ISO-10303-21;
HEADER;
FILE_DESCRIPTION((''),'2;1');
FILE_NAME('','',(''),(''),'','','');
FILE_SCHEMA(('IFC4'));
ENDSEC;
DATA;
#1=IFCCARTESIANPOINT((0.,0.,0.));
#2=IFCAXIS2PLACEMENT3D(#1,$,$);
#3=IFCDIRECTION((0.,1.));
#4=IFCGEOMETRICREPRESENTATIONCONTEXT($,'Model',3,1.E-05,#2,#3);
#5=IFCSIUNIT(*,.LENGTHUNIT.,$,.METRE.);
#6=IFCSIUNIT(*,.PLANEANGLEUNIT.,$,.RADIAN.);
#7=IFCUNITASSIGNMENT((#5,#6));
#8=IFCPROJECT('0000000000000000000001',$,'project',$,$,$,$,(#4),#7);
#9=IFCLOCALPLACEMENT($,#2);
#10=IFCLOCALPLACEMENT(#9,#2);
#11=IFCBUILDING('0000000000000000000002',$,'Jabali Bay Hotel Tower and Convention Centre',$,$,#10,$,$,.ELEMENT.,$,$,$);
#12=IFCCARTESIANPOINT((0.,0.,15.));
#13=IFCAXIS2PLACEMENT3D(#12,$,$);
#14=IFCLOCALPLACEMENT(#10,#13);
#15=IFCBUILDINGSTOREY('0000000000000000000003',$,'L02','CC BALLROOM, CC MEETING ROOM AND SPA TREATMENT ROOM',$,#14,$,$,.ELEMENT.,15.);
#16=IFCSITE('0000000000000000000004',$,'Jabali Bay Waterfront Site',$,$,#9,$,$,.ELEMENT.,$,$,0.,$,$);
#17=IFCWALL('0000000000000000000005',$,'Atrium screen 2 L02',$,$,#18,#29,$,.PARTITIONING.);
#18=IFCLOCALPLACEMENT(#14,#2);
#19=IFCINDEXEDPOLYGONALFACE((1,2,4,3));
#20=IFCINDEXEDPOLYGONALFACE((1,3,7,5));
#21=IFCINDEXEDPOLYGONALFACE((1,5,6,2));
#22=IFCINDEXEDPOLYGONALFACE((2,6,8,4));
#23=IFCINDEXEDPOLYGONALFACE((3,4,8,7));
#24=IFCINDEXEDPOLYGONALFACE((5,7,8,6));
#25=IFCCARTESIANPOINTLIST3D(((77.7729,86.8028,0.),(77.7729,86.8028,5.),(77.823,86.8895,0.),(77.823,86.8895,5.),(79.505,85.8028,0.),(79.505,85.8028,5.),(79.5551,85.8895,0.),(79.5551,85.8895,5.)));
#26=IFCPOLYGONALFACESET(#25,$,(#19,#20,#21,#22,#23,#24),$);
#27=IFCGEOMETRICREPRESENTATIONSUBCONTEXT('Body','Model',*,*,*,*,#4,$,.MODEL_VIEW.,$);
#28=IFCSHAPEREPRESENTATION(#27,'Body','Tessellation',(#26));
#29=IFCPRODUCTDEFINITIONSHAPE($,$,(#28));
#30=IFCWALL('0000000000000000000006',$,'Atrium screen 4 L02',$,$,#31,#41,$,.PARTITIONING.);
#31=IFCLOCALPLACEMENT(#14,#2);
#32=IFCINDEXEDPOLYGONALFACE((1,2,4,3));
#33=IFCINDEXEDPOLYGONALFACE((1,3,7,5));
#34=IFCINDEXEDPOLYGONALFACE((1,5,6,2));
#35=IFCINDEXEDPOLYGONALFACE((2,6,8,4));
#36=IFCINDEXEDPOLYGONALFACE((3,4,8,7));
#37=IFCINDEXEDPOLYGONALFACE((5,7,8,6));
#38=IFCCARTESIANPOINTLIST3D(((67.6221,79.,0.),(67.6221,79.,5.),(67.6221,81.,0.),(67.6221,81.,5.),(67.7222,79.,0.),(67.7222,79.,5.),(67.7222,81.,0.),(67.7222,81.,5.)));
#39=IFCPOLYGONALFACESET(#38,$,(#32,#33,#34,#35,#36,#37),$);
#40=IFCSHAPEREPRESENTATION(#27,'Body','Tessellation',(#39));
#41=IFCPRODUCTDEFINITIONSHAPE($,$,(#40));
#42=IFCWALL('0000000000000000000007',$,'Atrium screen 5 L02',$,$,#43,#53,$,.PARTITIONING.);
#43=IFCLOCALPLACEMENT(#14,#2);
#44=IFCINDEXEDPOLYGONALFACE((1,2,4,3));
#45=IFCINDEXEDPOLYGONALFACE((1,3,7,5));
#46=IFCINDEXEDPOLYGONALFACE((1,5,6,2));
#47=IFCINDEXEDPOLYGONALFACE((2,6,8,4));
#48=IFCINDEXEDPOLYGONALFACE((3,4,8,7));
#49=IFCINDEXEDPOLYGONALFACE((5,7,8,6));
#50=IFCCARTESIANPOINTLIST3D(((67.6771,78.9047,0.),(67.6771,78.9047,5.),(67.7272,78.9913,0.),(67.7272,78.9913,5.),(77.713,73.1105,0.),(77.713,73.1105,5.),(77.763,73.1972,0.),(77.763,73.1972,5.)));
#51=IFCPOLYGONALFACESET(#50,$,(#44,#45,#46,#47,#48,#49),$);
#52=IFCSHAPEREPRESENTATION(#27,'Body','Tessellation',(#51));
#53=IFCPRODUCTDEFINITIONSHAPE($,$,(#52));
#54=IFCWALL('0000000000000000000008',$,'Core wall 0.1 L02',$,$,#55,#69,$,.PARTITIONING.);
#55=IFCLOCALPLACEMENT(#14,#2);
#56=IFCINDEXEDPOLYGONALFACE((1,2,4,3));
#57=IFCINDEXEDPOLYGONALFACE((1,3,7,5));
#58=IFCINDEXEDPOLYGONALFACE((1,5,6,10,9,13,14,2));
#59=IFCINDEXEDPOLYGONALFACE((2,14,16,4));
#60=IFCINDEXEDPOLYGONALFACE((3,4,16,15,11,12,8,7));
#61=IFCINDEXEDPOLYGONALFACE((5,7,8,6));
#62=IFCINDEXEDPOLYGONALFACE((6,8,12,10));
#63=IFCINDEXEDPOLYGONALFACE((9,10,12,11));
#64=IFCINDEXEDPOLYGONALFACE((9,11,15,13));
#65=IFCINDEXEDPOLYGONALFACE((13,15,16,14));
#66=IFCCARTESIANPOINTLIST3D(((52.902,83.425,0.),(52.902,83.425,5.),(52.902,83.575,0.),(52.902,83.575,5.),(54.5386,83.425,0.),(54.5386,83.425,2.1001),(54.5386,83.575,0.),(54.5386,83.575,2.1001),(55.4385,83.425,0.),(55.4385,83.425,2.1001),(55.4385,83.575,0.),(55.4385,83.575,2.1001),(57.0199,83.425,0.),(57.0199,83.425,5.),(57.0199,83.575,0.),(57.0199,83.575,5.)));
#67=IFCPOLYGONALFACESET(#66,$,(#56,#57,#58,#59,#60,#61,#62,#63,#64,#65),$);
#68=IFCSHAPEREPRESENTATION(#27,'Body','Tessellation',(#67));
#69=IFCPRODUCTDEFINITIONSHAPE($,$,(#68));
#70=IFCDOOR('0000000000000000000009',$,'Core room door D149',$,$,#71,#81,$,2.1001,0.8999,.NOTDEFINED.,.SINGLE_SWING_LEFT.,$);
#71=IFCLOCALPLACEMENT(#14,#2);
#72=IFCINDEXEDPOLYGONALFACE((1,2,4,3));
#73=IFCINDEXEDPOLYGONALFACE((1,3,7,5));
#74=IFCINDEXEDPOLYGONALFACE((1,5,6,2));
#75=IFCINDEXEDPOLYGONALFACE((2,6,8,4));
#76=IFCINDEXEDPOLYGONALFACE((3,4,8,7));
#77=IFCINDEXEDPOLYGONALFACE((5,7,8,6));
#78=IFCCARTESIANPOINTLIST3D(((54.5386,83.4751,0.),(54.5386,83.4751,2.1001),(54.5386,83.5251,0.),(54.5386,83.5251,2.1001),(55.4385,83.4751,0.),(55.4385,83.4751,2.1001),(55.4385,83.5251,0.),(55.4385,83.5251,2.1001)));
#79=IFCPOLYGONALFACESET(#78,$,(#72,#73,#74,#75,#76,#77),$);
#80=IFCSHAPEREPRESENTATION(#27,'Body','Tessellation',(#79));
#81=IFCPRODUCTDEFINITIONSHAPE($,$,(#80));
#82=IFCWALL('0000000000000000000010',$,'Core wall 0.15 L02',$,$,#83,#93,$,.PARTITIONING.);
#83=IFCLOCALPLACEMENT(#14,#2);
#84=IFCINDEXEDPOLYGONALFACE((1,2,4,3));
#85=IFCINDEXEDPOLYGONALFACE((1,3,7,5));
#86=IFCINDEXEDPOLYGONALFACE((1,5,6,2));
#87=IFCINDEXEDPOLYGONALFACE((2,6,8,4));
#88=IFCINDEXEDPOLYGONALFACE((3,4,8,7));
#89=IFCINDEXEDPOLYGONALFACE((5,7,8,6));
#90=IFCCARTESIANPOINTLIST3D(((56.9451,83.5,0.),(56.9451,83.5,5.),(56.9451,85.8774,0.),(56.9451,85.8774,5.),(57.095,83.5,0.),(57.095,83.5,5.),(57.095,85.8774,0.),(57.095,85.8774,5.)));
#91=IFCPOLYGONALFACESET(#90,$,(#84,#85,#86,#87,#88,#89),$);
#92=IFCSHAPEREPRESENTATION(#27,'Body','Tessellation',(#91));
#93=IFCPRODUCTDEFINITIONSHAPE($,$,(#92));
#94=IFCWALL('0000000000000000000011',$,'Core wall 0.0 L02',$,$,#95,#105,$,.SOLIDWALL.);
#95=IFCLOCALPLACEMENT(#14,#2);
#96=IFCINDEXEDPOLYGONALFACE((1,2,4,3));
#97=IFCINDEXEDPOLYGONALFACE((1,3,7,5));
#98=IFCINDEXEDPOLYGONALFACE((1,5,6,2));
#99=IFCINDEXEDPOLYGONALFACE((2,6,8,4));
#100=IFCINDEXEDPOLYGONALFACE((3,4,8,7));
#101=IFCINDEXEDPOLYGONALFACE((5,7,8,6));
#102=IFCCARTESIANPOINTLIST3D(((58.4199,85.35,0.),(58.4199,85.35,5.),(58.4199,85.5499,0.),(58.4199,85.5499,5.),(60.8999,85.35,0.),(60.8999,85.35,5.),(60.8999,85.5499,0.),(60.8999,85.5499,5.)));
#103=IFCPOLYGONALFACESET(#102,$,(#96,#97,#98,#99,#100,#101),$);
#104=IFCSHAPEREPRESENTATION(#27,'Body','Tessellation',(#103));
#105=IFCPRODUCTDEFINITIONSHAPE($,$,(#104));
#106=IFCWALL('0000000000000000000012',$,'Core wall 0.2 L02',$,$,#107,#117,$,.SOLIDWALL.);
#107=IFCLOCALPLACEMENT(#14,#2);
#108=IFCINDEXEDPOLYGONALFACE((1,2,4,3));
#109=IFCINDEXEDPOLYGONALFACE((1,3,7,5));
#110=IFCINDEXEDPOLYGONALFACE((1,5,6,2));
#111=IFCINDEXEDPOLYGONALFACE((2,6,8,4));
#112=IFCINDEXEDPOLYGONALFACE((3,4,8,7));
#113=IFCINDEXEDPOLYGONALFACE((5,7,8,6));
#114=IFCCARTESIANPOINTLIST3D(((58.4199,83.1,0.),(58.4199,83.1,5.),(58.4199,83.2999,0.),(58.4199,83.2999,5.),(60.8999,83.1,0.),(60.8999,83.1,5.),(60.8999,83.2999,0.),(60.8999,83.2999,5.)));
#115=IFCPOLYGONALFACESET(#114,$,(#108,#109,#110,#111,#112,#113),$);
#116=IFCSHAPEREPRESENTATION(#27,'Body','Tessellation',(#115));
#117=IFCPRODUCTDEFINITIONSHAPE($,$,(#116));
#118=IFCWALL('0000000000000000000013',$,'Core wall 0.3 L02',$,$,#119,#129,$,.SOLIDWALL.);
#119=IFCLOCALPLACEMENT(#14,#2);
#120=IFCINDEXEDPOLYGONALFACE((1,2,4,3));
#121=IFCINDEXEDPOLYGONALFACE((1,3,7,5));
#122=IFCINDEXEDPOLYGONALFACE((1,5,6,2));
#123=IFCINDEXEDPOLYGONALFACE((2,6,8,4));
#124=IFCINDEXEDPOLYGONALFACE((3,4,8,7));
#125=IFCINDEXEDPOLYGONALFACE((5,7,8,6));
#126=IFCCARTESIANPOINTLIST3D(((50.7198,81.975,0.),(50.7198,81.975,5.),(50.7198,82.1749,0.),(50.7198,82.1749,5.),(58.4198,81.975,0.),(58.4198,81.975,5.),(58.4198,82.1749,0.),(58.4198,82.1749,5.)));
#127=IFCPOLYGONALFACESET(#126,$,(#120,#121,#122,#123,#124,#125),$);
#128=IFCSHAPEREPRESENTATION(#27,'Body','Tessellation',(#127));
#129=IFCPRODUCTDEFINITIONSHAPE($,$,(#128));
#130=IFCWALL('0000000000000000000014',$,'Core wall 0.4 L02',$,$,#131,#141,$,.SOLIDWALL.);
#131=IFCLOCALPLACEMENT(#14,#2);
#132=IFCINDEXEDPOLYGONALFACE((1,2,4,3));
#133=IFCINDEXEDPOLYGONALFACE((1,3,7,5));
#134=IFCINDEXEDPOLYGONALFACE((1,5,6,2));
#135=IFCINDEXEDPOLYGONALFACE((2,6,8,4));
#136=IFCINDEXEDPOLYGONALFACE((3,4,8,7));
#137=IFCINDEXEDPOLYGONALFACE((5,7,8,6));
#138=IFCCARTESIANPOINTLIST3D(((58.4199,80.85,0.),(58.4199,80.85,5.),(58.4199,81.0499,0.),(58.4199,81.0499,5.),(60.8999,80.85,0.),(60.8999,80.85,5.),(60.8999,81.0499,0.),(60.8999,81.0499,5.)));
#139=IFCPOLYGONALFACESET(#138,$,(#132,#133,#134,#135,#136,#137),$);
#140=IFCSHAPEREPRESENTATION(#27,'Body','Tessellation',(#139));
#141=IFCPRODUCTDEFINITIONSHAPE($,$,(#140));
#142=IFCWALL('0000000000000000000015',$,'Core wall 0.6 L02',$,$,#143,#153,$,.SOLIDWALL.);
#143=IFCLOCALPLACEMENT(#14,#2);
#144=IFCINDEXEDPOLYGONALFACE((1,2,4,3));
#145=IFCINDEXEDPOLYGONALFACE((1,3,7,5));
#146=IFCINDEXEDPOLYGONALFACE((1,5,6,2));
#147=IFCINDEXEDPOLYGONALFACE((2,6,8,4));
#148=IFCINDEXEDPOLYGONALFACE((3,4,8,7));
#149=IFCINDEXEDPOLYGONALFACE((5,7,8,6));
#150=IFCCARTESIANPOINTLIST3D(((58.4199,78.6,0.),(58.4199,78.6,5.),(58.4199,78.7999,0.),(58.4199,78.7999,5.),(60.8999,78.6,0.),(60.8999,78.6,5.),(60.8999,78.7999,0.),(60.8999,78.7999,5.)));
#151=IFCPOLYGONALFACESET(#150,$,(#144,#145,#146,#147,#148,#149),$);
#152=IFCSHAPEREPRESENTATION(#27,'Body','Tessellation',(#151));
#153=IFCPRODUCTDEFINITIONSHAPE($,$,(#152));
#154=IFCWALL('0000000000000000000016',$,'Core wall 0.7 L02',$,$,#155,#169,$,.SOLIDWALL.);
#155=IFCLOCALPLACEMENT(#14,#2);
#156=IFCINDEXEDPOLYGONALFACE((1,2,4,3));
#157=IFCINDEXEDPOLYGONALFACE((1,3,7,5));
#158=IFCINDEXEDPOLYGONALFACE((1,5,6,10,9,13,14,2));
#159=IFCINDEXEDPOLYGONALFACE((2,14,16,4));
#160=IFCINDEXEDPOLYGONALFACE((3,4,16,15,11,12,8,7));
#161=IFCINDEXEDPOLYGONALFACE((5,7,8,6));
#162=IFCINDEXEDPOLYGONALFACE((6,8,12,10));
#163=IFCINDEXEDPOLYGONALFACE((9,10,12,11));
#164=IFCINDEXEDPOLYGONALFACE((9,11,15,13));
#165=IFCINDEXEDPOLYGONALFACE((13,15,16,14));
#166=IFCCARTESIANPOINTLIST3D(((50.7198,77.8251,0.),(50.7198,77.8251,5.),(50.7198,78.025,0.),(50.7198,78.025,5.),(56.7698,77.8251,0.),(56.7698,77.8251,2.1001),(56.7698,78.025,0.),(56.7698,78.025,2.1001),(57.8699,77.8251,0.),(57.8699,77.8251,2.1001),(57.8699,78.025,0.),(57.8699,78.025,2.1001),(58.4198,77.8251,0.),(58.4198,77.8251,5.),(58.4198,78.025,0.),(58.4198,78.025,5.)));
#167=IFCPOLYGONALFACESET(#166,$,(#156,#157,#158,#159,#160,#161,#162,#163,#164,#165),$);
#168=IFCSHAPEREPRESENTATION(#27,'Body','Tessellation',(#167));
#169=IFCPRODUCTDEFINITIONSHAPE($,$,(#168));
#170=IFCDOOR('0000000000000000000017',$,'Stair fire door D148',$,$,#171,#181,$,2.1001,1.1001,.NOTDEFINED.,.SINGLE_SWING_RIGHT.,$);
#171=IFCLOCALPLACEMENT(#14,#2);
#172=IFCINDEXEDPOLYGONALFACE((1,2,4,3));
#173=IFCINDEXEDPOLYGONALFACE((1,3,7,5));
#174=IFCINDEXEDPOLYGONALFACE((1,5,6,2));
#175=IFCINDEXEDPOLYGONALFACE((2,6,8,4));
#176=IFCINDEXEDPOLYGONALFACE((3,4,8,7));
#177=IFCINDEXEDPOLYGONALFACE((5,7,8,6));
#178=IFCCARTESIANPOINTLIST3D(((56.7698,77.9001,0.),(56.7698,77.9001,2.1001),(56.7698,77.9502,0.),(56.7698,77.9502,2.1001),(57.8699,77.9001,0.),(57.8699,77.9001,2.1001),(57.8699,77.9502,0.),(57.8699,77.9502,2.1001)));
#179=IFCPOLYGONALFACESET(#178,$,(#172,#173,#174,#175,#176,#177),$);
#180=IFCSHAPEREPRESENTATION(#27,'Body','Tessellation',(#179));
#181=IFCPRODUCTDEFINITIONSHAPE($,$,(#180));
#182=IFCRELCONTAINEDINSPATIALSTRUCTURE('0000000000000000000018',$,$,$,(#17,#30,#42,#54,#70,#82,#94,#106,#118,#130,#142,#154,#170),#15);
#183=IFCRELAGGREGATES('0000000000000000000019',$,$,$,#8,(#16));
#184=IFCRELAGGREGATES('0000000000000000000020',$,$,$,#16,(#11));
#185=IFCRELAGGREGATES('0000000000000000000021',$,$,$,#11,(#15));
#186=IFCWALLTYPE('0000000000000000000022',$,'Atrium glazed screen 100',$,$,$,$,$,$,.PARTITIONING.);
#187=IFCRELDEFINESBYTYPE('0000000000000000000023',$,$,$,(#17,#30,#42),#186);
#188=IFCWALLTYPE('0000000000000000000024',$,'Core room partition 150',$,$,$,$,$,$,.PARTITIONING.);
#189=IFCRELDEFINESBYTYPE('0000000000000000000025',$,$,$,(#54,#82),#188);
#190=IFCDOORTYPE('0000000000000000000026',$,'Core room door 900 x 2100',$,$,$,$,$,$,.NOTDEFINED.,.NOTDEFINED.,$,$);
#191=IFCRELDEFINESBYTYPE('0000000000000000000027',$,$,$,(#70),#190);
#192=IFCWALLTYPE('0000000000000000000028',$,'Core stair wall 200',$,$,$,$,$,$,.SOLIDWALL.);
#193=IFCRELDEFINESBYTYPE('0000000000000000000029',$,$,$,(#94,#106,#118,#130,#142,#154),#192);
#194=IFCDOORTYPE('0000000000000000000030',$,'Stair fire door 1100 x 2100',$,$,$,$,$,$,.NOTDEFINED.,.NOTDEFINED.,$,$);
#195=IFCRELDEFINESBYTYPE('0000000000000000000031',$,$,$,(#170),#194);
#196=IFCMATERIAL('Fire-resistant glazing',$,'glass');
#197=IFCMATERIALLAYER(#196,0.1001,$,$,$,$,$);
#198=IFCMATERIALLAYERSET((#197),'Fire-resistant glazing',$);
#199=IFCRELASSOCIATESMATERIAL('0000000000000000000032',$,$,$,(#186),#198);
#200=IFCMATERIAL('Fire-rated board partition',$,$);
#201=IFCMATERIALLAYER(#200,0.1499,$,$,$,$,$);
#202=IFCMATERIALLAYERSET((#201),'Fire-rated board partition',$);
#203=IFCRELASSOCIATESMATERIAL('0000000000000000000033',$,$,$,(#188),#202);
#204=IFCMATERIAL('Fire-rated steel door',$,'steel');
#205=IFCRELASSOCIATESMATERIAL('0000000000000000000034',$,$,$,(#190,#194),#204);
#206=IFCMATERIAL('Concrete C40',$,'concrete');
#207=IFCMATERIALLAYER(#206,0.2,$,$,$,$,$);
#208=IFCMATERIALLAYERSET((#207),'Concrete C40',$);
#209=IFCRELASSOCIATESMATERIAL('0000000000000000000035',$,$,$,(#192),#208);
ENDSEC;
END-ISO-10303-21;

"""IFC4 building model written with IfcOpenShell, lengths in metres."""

from ifc_helpers import new_model, si_unit, direction, frame, frame_2d, origin, place, context, subcontext, project, spatial, rectangle, extrude, material, layer, layer_set, type_object, element, fill, save


model = new_model("IFC4")

# Units and contexts
model_context = context("Model", 3, precision=1e-05, world=origin(), true_north=direction((0.0, 1.0)))
body_context = subcontext(model_context, "Body", "Model", "MODEL_VIEW")
ifc_project = project(units=[si_unit("LENGTHUNIT", "METRE"), si_unit("PLANEANGLEUNIT", "RADIAN")], contexts=[model_context])

# Site, building, storey
site_placement = place(None, origin())
site = spatial("IfcSite", under=ifc_project, at=site_placement, Name="Jabali Bay Waterfront Site", CompositionType="ELEMENT", RefElevation=0.0)
building_placement = place(site_placement, origin())
building = spatial("IfcBuilding", under=site, at=building_placement, Name="Jabali Bay Hotel Tower and Convention Centre", CompositionType="ELEMENT")
storey_placement = place(building_placement, frame((0.0, 0.0, 15.0)))
storey = spatial("IfcBuildingStorey", under=building, at=storey_placement, Name="L02", Description="CC BALLROOM, CC MEETING ROOM AND SPA TREATMENT ROOM", CompositionType="ELEMENT", Elevation=15.0)

# Walls
ifc_material_1 = material(Name="Fire-resistant glazing", Category="glass")
ifc_layer_1 = layer(ifc_material_1, 0.1001)
ifc_layer_set_1 = layer_set([ifc_layer_1], Name="Fire-resistant glazing")
wall_type_1 = type_object("IfcWallType", Name="Atrium glazed screen 100", PredefinedType="PARTITIONING", material=ifc_layer_set_1)
for number, where, z_axis, x_axis, name in (
    (1, (79.53, 85.8462, 0.0), (0.0, 0.0, 1.0), (-0.866041, 0.499973, 0.0), "Atrium screen 2 L02"),
    (2, (67.6721, 81.0, 0.0), (0.0, 0.0, 1.0), (0.0, -1.0, 0.0), "Atrium screen 4 L02"),
):
    element("IfcWall", number, at=place(storey_placement, frame(where, z_axis=z_axis, x_axis=x_axis)), inside=storey, type_object=wall_type_1, Name=name, PredefinedType="PARTITIONING", context=body_context, shape_type="SweptSolid", body=[
        extrude(rectangle(XDim=2.0, YDim=0.1001, at=frame_2d((1.0, 0.0))), origin(), (0.0, 0.0, 1.0), 5.0),
    ])
wall_1_placement = place(storey_placement, frame((67.7021, 78.948, 0.0), z_axis=(0.0, 0.0, 1.0), x_axis=(0.866027, -0.499998, 0.0)))
element("IfcWall", 3, at=wall_1_placement, inside=storey, type_object=wall_type_1, Name="Atrium screen 5 L02", PredefinedType="PARTITIONING", context=body_context, shape_type="SweptSolid", body=[
    extrude(rectangle(XDim=11.5884, YDim=0.1001, at=frame_2d((5.7942, 0.0))), origin(), (0.0, 0.0, 1.0), 5.0),
])

# Wall, opening, door
ifc_material_2 = material(Name="Fire-rated board partition")
ifc_layer_2 = layer(ifc_material_2, 0.1499)
ifc_layer_set_2 = layer_set([ifc_layer_2], Name="Fire-rated board partition")
wall_type_2 = type_object("IfcWallType", Name="Core room partition 150", PredefinedType="PARTITIONING", material=ifc_layer_set_2)
wall_2_placement = place(storey_placement, frame((57.02, 83.5, 0.0), z_axis=(0.0, 0.0, 1.0), x_axis=(-1.0, 0.0, 0.0)))
wall_2 = element("IfcWall", 4, at=wall_2_placement, inside=storey, type_object=wall_type_2, Name="Core wall 0.1 L02", PredefinedType="PARTITIONING", context=body_context, shape_type="SweptSolid", body=[
    extrude(rectangle(XDim=4.1179, YDim=0.1499, at=frame_2d((2.0591, 0.0))), origin(), (0.0, 0.0, 1.0), 5.0),
])
opening_1_placement = place(wall_2_placement, frame((1.5815, 0.0, 0.0)))
opening_1 = element("IfcOpeningElement", 5, at=opening_1_placement, cuts=wall_2, PredefinedType="OPENING", context=body_context, shape_type="SweptSolid", body=[
    extrude(rectangle(XDim=0.8999, YDim=2.1001, at=frame_2d((0.45, 1.05))), frame((0.0, 0.0854, 0.0), z_axis=(0.0, -1.0, 0.0), x_axis=(1.0, 0.0, 0.0)), (0.0, 0.0, 1.0), 0.1709),
])
ifc_material_3 = material(Name="Fire-rated steel door", Category="steel")
door_type_1 = type_object("IfcDoorType", Name="Core room door 900 x 2100", OperationType="NOTDEFINED", PredefinedType="NOTDEFINED", material=ifc_material_3)
door_1_placement = place(opening_1_placement, origin())
door_1 = element("IfcDoor", 6, at=door_1_placement, inside=storey, type_object=door_type_1, Name="Core room door D149", OperationType="SINGLE_SWING_LEFT", OverallHeight=2.1001, OverallWidth=0.8999, PredefinedType="NOTDEFINED", context=body_context, shape_type="SweptSolid", body=[
    extrude(rectangle(XDim=0.8999, YDim=2.1001, at=frame_2d((0.45, 1.05))), frame((0.0, 0.0249, 0.0), z_axis=(0.0, -1.0, 0.0), x_axis=(1.0, 0.0, 0.0)), (0.0, 0.0, 1.0), 0.05),
])
fill(opening_1, door_1)

# Walls
wall_3_placement = place(storey_placement, frame((57.02, 85.8774, 0.0), z_axis=(0.0, 0.0, 1.0), x_axis=(0.0, -1.0, 0.0)))
element("IfcWall", 7, at=wall_3_placement, inside=storey, type_object=wall_type_2, Name="Core wall 0.15 L02", PredefinedType="PARTITIONING", context=body_context, shape_type="SweptSolid", body=[
    extrude(rectangle(XDim=2.3774, YDim=0.1499, at=frame_2d((1.1887, 0.0))), origin(), (0.0, 0.0, 1.0), 5.0),
])
ifc_material_4 = material(Name="Concrete C40", Category="concrete")
ifc_layer_3 = layer(ifc_material_4, 0.2)
ifc_layer_set_3 = layer_set([ifc_layer_3], Name="Concrete C40")
wall_type_3 = type_object("IfcWallType", Name="Core stair wall 200", PredefinedType="SOLIDWALL", material=ifc_layer_set_3)
for number, where, z_axis, x_axis, name in (
    (8, (60.8999, 85.45, 0.0), (0.0, 0.0, 1.0), (-1.0, 0.0, 0.0), "Core wall 0.0 L02"),
    (9, (60.8999, 83.2, 0.0), (0.0, 0.0, 1.0), (-1.0, 0.0, 0.0), "Core wall 0.2 L02"),
):
    element("IfcWall", number, at=place(storey_placement, frame(where, z_axis=z_axis, x_axis=x_axis)), inside=storey, type_object=wall_type_3, Name=name, PredefinedType="SOLIDWALL", context=body_context, shape_type="SweptSolid", body=[
        extrude(rectangle(XDim=2.48, YDim=0.2, at=frame_2d((1.24, 0.0))), origin(), (0.0, 0.0, 1.0), 5.0),
    ])
wall_4_placement = place(storey_placement, frame((58.4199, 82.075, 0.0), z_axis=(0.0, 0.0, 1.0), x_axis=(-1.0, 0.0, 0.0)))
element("IfcWall", 10, at=wall_4_placement, inside=storey, type_object=wall_type_3, Name="Core wall 0.3 L02", PredefinedType="SOLIDWALL", context=body_context, shape_type="SweptSolid", body=[
    extrude(rectangle(XDim=7.7, YDim=0.2, at=frame_2d((3.8501, 0.0))), origin(), (0.0, 0.0, 1.0), 5.0),
])
for number, where, z_axis, x_axis, name in (
    (11, (60.8999, 80.95, 0.0), (0.0, 0.0, 1.0), (-1.0, 0.0, 0.0), "Core wall 0.4 L02"),
    (12, (60.8999, 78.7, 0.0), (0.0, 0.0, 1.0), (-1.0, 0.0, 0.0), "Core wall 0.6 L02"),
):
    element("IfcWall", number, at=place(storey_placement, frame(where, z_axis=z_axis, x_axis=x_axis)), inside=storey, type_object=wall_type_3, Name=name, PredefinedType="SOLIDWALL", context=body_context, shape_type="SweptSolid", body=[
        extrude(rectangle(XDim=2.48, YDim=0.2, at=frame_2d((1.24, 0.0))), origin(), (0.0, 0.0, 1.0), 5.0),
    ])

# Wall, opening, door
wall_5_placement = place(storey_placement, frame((58.4199, 77.925, 0.0), z_axis=(0.0, 0.0, 1.0), x_axis=(-1.0, 0.0, 0.0)))
wall_5 = element("IfcWall", 13, at=wall_5_placement, inside=storey, type_object=wall_type_3, Name="Core wall 0.7 L02", PredefinedType="SOLIDWALL", context=body_context, shape_type="SweptSolid", body=[
    extrude(rectangle(XDim=7.7, YDim=0.2, at=frame_2d((3.8501, 0.0))), origin(), (0.0, 0.0, 1.0), 5.0),
])
opening_2_placement = place(wall_5_placement, frame((0.55, 0.0, 0.0)))
opening_2 = element("IfcOpeningElement", 14, at=opening_2_placement, cuts=wall_5, PredefinedType="OPENING", context=body_context, shape_type="SweptSolid", body=[
    extrude(rectangle(XDim=1.1001, YDim=2.1001, at=frame_2d((0.55, 1.05))), frame((0.0, 0.1104, 0.0), z_axis=(0.0, -1.0, 0.0), x_axis=(1.0, 0.0, 0.0)), (0.0, 0.0, 1.0), 0.2209),
])
door_type_2 = type_object("IfcDoorType", Name="Stair fire door 1100 x 2100", OperationType="NOTDEFINED", PredefinedType="NOTDEFINED", material=ifc_material_3)
door_2_placement = place(opening_2_placement, origin())
door_2 = element("IfcDoor", 15, at=door_2_placement, inside=storey, type_object=door_type_2, Name="Stair fire door D148", OperationType="SINGLE_SWING_RIGHT", OverallHeight=2.1001, OverallWidth=1.1001, PredefinedType="NOTDEFINED", context=body_context, shape_type="SweptSolid", body=[
    extrude(rectangle(XDim=1.1001, YDim=2.1001, at=frame_2d((0.55, 1.05))), frame((0.0, 0.0249, 0.0), z_axis=(0.0, -1.0, 0.0), x_axis=(1.0, 0.0, 0.0)), (0.0, 0.0, 1.0), 0.05),
])
fill(opening_2, door_2)

save(model, "model.ifc")
